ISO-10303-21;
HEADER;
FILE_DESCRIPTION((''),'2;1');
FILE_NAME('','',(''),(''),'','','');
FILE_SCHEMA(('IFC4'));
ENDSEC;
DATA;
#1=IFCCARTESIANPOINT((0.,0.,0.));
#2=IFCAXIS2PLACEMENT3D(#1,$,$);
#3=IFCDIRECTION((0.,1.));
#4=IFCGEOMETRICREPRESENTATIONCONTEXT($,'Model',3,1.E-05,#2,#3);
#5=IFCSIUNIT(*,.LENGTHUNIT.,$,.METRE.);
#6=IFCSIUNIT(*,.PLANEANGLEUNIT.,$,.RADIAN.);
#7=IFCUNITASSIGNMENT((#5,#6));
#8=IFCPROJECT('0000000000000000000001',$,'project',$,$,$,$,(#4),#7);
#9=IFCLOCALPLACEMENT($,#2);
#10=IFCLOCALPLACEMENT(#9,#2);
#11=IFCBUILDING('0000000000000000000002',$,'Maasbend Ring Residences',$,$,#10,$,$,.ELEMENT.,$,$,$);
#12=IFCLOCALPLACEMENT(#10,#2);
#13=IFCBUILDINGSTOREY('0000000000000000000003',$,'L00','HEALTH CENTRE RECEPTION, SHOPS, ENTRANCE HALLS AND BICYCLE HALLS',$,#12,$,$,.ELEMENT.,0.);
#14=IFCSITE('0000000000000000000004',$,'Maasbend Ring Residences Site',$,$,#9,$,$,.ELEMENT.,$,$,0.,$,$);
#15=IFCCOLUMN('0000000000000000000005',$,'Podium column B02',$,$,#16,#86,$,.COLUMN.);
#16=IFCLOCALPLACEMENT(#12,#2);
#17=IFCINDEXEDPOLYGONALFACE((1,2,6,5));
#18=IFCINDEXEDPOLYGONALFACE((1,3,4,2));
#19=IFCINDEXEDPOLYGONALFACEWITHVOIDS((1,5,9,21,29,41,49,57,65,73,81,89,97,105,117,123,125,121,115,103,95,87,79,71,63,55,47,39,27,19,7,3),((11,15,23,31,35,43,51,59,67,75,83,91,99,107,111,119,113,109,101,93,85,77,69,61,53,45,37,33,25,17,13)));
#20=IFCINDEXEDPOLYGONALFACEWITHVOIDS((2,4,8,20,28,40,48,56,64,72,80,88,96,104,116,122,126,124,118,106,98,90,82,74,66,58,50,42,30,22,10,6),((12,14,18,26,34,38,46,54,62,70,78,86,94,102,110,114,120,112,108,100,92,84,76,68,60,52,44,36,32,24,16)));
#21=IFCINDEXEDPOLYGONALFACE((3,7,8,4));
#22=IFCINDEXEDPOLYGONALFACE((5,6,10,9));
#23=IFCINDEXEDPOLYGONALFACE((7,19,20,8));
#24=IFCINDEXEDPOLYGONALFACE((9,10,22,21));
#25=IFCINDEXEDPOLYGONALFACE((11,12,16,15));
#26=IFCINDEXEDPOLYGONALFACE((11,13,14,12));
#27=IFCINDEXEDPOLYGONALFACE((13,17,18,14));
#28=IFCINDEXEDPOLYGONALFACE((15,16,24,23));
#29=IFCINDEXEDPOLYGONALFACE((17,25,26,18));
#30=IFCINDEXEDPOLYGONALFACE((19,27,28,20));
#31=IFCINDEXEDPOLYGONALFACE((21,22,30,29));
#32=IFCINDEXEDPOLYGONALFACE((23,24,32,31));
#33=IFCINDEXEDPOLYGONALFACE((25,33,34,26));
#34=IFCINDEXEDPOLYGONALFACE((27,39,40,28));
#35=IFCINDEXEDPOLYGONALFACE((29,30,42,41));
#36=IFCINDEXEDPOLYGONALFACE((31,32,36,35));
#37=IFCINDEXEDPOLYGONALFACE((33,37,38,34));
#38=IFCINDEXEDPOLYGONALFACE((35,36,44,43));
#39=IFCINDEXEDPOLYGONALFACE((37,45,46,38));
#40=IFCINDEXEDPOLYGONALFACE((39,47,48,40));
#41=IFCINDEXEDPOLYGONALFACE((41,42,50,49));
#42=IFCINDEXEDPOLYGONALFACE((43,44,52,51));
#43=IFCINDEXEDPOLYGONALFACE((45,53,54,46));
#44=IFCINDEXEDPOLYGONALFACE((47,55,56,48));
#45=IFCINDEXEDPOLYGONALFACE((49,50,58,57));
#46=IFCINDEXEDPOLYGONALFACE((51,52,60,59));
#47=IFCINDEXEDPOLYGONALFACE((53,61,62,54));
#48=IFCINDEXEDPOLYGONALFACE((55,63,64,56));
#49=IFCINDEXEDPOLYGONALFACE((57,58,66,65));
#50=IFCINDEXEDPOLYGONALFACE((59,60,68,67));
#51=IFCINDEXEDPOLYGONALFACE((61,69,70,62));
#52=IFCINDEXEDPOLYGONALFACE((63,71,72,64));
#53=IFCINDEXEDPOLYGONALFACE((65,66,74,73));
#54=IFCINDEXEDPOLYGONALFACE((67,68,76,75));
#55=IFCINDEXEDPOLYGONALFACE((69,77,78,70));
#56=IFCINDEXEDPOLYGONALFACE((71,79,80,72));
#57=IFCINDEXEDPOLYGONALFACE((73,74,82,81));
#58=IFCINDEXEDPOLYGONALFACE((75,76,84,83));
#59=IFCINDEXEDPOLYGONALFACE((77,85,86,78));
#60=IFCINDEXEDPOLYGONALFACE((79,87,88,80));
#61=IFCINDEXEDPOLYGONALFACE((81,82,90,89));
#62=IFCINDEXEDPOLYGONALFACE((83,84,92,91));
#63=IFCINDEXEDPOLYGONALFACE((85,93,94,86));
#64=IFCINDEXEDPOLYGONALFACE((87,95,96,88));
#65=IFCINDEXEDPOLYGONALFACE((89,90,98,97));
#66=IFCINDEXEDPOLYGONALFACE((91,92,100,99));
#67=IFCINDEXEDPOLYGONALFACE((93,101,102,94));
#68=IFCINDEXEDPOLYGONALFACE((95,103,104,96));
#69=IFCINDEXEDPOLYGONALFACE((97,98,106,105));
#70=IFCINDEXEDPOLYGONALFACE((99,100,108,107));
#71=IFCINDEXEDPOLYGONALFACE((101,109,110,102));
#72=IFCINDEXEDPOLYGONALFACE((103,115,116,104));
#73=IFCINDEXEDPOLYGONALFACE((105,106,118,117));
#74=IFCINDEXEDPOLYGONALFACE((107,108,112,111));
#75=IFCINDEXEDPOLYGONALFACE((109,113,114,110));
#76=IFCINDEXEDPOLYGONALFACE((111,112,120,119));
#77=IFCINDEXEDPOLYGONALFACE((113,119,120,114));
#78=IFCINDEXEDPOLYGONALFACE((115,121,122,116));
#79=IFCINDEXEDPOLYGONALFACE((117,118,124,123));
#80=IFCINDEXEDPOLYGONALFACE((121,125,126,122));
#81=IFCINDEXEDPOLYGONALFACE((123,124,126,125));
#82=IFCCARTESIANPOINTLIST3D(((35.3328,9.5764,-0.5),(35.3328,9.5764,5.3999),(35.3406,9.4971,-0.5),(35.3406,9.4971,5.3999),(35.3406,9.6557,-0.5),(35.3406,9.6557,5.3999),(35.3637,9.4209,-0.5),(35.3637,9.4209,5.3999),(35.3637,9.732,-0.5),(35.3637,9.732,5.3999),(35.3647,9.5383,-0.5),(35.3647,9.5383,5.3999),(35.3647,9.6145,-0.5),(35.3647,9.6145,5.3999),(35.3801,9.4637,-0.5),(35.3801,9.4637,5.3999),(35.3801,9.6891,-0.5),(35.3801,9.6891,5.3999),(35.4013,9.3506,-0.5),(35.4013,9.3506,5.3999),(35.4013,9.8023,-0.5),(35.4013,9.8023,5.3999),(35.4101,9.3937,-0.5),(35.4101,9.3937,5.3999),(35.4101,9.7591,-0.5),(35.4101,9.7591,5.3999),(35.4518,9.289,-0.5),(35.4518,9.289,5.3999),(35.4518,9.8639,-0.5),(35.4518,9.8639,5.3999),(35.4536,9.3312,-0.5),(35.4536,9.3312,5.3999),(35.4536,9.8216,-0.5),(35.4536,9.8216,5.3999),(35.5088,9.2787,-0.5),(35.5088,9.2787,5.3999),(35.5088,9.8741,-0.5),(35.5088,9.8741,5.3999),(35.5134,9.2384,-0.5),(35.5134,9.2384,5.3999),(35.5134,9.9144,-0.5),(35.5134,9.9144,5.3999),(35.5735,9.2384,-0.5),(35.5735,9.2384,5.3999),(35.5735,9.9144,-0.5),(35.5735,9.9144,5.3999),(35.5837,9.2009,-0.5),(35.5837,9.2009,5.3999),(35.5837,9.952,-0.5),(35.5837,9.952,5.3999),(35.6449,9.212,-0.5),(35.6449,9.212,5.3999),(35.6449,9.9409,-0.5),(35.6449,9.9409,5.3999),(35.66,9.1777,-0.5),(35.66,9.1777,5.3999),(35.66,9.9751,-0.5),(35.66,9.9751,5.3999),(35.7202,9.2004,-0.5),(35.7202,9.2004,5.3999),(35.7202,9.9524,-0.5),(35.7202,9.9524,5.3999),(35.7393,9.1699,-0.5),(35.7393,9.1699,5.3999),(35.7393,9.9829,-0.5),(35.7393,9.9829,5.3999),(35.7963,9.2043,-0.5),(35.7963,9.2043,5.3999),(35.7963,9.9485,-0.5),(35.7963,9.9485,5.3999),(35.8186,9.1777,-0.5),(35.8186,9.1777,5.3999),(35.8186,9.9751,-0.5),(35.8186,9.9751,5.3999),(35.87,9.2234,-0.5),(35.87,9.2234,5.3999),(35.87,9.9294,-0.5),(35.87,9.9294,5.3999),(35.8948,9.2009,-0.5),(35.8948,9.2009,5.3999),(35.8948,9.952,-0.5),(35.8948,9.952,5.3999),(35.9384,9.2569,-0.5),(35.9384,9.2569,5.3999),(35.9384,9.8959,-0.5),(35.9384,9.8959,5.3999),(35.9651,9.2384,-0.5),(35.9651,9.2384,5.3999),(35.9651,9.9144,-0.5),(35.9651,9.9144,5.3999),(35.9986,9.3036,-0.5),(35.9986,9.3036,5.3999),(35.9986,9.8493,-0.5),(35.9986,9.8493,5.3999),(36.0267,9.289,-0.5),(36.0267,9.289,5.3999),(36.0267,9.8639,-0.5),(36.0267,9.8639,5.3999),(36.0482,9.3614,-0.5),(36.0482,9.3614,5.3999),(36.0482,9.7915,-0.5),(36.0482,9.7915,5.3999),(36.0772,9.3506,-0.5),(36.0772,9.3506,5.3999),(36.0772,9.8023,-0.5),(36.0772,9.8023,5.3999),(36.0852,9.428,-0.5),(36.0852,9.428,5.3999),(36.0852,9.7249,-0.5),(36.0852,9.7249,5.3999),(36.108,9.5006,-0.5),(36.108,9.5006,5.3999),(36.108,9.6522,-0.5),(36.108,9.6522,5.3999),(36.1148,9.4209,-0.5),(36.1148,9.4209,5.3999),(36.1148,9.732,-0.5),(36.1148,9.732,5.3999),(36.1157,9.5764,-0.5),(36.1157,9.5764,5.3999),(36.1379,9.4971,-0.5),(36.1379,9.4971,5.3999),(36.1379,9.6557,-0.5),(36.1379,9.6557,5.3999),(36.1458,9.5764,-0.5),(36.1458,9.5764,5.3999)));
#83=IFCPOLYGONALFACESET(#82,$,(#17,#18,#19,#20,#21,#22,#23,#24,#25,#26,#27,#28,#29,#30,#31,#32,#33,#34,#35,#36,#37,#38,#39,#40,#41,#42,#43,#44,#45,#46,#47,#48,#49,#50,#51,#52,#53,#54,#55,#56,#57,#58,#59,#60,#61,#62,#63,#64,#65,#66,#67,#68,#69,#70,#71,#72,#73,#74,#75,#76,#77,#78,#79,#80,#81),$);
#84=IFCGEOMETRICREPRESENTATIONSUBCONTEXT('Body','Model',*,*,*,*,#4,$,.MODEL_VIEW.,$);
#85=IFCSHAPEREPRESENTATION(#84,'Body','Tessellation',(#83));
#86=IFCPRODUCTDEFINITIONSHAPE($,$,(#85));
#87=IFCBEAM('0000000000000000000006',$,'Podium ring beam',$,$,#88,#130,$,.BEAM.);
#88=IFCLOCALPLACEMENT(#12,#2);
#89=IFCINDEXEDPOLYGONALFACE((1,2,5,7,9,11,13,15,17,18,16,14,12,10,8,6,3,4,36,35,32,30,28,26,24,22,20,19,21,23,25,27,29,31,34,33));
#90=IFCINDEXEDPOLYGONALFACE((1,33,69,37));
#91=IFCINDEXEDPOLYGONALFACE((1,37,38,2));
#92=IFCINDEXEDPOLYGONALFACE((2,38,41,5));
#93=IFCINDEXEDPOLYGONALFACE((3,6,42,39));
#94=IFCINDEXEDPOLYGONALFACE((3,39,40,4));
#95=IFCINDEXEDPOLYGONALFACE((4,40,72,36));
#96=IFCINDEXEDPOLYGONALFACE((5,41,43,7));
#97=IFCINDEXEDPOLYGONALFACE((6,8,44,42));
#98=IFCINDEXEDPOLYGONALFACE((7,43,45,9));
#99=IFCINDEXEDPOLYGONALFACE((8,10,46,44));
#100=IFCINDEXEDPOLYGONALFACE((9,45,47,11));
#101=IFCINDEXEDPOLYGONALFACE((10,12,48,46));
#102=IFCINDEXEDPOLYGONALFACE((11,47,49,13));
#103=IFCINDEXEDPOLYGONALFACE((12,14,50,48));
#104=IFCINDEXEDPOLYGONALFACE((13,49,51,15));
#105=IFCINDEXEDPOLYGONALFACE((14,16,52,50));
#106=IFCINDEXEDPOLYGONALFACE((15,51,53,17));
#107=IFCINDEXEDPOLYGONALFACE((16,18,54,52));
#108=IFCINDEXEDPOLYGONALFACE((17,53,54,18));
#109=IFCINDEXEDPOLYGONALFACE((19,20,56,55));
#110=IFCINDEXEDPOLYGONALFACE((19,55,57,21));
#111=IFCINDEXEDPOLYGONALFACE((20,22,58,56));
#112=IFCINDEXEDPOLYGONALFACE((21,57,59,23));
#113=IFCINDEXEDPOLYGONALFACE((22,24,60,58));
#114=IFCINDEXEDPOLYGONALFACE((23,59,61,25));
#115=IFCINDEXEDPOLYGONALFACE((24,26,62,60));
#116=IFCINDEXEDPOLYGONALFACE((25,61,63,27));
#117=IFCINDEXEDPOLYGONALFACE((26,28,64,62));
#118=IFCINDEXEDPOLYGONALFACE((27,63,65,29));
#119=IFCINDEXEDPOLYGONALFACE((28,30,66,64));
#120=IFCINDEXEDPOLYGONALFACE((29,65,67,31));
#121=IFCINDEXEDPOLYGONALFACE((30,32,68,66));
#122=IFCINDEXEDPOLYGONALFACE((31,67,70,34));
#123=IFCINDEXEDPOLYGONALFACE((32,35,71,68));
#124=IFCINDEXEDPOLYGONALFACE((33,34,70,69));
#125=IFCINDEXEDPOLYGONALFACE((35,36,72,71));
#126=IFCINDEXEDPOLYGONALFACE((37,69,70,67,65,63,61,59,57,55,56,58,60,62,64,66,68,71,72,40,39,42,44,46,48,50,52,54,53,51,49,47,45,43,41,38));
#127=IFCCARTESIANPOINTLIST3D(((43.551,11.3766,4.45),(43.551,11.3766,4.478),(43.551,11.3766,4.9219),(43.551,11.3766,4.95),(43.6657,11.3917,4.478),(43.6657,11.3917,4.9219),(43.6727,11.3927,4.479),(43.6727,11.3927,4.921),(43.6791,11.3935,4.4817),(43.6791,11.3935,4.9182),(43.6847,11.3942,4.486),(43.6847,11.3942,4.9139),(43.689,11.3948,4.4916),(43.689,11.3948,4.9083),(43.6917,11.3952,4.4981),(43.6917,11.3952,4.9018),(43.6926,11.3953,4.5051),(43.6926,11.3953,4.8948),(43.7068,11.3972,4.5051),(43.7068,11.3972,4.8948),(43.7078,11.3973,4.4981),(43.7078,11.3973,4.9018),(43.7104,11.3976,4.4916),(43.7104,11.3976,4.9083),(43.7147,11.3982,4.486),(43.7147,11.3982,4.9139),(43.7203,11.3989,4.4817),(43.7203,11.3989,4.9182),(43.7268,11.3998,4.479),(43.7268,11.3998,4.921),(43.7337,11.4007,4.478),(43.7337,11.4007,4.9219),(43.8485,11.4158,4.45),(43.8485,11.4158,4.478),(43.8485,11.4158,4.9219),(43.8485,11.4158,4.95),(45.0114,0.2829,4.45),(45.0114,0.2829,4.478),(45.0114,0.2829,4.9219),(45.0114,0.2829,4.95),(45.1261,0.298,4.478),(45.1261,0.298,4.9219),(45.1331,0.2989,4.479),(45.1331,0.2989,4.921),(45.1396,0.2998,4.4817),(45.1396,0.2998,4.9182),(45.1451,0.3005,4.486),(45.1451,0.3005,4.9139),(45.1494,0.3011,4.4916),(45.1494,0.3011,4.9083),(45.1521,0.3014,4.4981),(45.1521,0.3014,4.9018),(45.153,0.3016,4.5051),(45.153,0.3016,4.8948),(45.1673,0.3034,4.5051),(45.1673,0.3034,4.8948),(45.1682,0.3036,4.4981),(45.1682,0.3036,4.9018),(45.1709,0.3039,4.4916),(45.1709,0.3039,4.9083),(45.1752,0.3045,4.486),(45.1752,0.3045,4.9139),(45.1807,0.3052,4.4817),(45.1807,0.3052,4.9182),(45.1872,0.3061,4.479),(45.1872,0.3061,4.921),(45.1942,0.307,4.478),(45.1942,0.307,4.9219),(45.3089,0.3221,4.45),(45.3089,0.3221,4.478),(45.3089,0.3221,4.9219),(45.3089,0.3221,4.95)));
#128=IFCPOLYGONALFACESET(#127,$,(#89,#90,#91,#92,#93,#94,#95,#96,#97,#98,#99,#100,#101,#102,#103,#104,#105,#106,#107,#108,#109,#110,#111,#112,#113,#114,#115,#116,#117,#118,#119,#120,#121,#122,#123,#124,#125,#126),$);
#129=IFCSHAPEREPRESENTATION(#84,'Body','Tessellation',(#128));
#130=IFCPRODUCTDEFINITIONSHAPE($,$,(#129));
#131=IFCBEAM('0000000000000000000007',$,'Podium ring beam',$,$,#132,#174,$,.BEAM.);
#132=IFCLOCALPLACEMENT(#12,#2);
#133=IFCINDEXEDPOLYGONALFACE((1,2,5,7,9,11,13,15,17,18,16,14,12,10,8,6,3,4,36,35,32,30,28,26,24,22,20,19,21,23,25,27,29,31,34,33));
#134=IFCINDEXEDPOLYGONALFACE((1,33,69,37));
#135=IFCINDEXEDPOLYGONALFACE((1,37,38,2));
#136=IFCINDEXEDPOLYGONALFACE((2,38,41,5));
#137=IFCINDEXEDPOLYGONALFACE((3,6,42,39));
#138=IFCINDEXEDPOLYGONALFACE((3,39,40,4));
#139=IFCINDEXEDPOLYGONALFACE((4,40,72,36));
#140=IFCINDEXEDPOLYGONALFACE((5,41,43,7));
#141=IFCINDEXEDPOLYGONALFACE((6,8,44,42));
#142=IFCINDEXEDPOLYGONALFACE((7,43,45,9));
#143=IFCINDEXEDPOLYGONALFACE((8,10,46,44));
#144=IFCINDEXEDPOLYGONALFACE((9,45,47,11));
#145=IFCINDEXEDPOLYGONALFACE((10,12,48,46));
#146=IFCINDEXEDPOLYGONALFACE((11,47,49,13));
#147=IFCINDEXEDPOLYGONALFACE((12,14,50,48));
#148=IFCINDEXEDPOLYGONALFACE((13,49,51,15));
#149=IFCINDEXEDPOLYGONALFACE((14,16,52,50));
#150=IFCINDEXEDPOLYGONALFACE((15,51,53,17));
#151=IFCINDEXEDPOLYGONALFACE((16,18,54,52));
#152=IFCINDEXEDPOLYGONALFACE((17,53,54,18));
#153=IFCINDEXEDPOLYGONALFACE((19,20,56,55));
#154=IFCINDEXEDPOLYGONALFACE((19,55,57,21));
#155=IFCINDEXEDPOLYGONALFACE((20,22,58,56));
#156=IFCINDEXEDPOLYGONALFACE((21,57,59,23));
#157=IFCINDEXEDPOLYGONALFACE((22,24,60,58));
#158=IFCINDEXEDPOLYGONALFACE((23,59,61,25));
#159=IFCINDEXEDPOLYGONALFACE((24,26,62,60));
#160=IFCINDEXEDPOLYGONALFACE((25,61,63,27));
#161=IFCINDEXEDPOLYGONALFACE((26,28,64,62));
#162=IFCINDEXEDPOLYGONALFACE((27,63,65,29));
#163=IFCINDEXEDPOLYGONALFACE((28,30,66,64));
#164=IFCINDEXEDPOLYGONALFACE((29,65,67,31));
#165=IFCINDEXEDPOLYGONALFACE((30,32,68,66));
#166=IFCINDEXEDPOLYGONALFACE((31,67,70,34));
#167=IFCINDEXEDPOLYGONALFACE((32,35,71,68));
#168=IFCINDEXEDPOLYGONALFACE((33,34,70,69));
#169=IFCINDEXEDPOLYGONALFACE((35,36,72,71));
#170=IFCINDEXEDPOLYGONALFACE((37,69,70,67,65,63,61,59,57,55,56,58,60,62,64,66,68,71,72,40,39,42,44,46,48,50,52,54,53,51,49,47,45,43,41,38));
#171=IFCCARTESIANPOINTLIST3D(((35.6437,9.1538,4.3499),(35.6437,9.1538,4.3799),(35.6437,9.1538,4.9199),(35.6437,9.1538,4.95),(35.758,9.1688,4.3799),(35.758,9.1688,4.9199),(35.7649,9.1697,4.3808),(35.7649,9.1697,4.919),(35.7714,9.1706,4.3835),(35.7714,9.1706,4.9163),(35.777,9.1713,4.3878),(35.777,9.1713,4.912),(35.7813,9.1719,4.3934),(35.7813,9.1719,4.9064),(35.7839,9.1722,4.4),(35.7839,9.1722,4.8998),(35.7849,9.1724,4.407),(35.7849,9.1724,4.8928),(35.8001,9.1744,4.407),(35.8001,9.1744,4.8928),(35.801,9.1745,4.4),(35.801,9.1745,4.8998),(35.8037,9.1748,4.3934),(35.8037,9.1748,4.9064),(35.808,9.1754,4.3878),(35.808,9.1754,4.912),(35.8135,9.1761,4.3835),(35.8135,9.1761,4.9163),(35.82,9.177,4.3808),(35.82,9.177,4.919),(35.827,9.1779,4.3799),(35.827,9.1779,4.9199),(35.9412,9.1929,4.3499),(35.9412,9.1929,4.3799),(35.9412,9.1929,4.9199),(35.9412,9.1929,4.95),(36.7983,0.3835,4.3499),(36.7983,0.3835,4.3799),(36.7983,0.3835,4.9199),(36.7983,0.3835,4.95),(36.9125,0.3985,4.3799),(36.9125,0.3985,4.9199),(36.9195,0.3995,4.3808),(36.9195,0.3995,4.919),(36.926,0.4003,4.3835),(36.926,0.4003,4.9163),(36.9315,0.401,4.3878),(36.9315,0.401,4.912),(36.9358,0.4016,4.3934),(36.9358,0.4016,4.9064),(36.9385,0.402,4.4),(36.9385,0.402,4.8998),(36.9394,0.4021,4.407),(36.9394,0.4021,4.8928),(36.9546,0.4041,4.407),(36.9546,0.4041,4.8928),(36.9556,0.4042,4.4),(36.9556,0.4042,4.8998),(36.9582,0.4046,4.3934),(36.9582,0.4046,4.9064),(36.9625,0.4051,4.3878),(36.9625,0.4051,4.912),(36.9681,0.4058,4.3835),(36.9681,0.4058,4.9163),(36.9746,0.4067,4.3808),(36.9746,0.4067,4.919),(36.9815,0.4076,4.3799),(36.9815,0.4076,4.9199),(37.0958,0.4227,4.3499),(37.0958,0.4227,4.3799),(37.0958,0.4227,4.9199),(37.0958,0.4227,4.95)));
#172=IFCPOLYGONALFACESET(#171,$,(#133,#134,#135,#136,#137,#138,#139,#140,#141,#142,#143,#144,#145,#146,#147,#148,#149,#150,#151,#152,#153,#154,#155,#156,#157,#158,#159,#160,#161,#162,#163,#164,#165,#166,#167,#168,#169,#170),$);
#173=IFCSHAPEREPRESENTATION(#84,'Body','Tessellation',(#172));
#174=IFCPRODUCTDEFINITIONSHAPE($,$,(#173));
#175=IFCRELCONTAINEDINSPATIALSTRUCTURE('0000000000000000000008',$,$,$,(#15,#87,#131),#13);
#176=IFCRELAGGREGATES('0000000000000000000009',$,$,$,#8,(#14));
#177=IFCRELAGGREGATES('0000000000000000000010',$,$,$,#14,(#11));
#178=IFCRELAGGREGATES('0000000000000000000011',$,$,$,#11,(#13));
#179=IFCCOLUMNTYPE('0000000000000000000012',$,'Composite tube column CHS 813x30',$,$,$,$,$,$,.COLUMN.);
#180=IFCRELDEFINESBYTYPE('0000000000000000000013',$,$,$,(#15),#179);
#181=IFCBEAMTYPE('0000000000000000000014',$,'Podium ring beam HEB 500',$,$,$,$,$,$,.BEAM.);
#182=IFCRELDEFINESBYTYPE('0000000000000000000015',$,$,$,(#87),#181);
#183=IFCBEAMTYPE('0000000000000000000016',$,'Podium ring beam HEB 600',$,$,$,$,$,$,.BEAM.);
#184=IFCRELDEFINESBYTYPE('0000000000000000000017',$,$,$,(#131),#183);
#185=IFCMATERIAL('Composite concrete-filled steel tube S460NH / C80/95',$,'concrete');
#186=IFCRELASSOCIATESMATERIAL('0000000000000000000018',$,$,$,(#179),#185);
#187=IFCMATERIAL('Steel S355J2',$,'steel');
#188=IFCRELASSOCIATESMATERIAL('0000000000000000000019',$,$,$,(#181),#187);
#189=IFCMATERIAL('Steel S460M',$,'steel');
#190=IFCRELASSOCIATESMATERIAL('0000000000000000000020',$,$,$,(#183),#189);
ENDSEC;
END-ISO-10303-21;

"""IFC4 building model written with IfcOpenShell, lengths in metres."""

from ifc_helpers import new_model, si_unit, direction, frame, origin, origin_2d, place, context, subcontext, project, spatial, hollow_circle, i_section, extrude, material, material_profile, profile_set, type_object, element, save


model = new_model("IFC4")

# Units and contexts
model_context = context("Model", 3, precision=1e-05, world=origin(), true_north=direction((0.0, 1.0)))
body_context = subcontext(model_context, "Body", "Model", "MODEL_VIEW")
ifc_project = project(units=[si_unit("LENGTHUNIT", "METRE"), si_unit("PLANEANGLEUNIT", "RADIAN")], contexts=[model_context])

# Site, building, storey
site_placement = place(None, origin())
site = spatial("IfcSite", under=ifc_project, at=site_placement, Name="Maasbend Ring Residences Site", CompositionType="ELEMENT", RefElevation=0.0)
building_placement = place(site_placement, origin())
building = spatial("IfcBuilding", under=site, at=building_placement, Name="Maasbend Ring Residences", CompositionType="ELEMENT")
storey_placement = place(building_placement, origin())
storey = spatial("IfcBuildingStorey", under=building, at=storey_placement, Name="L00", Description="HEALTH CENTRE RECEPTION, SHOPS, ENTRANCE HALLS AND BICYCLE HALLS", CompositionType="ELEMENT", Elevation=0.0)

# Column
ifc_material_1 = material(Name="Composite concrete-filled steel tube S460NH / C80/95", Category="concrete")
ifc_material_profile_1 = material_profile(ifc_material_1, hollow_circle(Radius=0.4065, WallThickness=0.03, at=origin_2d()), Name="Composite tube column CHS 813x30")
ifc_profile_set_1 = profile_set([ifc_material_profile_1], Name="Composite concrete-filled steel tube S460NH / C80/95")
column_type_1 = type_object("IfcColumnType", Name="Composite tube column CHS 813x30", PredefinedType="COLUMN", material=ifc_profile_set_1)
column_1_placement = place(storey_placement, frame((35.7393, 9.5764, -0.5), z_axis=(0.0, 0.0, 1.0), x_axis=(1.0, 0.0, 0.0)))
element("IfcColumn", 1, at=column_1_placement, inside=storey, type_object=column_type_1, Name="Podium column B02", PredefinedType="COLUMN", context=body_context, shape_type="SweptSolid", body=[
    extrude(hollow_circle(Radius=0.4065, WallThickness=0.03, at=origin_2d()), origin(), (0.0, 0.0, 1.0), 5.8999),
])

# Beams
ifc_material_2 = material(Name="Steel S355J2", Category="steel")
ifc_material_profile_2 = material_profile(ifc_material_2, i_section(OverallWidth=0.3, OverallDepth=0.5, WebThickness=0.0144, FlangeThickness=0.0281, FilletRadius=0.0271, at=origin_2d()), Name="HEB 500")
ifc_profile_set_2 = profile_set([ifc_material_profile_2], Name="Steel S355J2")
beam_type_1 = type_object("IfcBeamType", Name="Podium ring beam HEB 500", PredefinedType="BEAM", material=ifc_profile_set_2)
beam_1_placement = place(storey_placement, frame((45.1602, 0.3025, 4.7), z_axis=(-0.13052, 0.991446, 0.0), x_axis=(-0.991446, -0.13052, 0.0)))
element("IfcBeam", 2, at=beam_1_placement, inside=storey, type_object=beam_type_1, Name="Podium ring beam", PredefinedType="BEAM", context=body_context, shape_type="SweptSolid", body=[
    extrude(i_section(OverallWidth=0.3, OverallDepth=0.5, WebThickness=0.0144, FlangeThickness=0.0281, FilletRadius=0.0271, at=origin_2d()), origin(), (0.0, 0.0, 1.0), 11.1895),
])
ifc_material_3 = material(Name="Steel S460M", Category="steel")
ifc_material_profile_3 = material_profile(ifc_material_3, i_section(OverallWidth=0.3, OverallDepth=0.6001, WebThickness=0.0154, FlangeThickness=0.03, FilletRadius=0.0271, at=origin_2d()), Name="HEB 600")
ifc_profile_set_3 = profile_set([ifc_material_profile_3], Name="Steel S460M")
beam_type_2 = type_object("IfcBeamType", Name="Podium ring beam HEB 600", PredefinedType="BEAM", material=ifc_profile_set_3)
for number, where, z_axis, x_axis, name in (
    (3, (36.947, 0.4031, 4.6499), (-0.130517, 0.991446, 0.0), (-0.991446, -0.130517, 0.0), "Podium ring beam"),
):
    element("IfcBeam", number, at=place(storey_placement, frame(where, z_axis=z_axis, x_axis=x_axis)), inside=storey, type_object=beam_type_2, Name=name, PredefinedType="BEAM", context=body_context, shape_type="SweptSolid", body=[
        extrude(i_section(OverallWidth=0.3, OverallDepth=0.6001, WebThickness=0.0154, FlangeThickness=0.03, FilletRadius=0.0271, at=origin_2d()), origin(), (0.0, 0.0, 1.0), 8.8459),
    ])

save(model, "model.ifc")
